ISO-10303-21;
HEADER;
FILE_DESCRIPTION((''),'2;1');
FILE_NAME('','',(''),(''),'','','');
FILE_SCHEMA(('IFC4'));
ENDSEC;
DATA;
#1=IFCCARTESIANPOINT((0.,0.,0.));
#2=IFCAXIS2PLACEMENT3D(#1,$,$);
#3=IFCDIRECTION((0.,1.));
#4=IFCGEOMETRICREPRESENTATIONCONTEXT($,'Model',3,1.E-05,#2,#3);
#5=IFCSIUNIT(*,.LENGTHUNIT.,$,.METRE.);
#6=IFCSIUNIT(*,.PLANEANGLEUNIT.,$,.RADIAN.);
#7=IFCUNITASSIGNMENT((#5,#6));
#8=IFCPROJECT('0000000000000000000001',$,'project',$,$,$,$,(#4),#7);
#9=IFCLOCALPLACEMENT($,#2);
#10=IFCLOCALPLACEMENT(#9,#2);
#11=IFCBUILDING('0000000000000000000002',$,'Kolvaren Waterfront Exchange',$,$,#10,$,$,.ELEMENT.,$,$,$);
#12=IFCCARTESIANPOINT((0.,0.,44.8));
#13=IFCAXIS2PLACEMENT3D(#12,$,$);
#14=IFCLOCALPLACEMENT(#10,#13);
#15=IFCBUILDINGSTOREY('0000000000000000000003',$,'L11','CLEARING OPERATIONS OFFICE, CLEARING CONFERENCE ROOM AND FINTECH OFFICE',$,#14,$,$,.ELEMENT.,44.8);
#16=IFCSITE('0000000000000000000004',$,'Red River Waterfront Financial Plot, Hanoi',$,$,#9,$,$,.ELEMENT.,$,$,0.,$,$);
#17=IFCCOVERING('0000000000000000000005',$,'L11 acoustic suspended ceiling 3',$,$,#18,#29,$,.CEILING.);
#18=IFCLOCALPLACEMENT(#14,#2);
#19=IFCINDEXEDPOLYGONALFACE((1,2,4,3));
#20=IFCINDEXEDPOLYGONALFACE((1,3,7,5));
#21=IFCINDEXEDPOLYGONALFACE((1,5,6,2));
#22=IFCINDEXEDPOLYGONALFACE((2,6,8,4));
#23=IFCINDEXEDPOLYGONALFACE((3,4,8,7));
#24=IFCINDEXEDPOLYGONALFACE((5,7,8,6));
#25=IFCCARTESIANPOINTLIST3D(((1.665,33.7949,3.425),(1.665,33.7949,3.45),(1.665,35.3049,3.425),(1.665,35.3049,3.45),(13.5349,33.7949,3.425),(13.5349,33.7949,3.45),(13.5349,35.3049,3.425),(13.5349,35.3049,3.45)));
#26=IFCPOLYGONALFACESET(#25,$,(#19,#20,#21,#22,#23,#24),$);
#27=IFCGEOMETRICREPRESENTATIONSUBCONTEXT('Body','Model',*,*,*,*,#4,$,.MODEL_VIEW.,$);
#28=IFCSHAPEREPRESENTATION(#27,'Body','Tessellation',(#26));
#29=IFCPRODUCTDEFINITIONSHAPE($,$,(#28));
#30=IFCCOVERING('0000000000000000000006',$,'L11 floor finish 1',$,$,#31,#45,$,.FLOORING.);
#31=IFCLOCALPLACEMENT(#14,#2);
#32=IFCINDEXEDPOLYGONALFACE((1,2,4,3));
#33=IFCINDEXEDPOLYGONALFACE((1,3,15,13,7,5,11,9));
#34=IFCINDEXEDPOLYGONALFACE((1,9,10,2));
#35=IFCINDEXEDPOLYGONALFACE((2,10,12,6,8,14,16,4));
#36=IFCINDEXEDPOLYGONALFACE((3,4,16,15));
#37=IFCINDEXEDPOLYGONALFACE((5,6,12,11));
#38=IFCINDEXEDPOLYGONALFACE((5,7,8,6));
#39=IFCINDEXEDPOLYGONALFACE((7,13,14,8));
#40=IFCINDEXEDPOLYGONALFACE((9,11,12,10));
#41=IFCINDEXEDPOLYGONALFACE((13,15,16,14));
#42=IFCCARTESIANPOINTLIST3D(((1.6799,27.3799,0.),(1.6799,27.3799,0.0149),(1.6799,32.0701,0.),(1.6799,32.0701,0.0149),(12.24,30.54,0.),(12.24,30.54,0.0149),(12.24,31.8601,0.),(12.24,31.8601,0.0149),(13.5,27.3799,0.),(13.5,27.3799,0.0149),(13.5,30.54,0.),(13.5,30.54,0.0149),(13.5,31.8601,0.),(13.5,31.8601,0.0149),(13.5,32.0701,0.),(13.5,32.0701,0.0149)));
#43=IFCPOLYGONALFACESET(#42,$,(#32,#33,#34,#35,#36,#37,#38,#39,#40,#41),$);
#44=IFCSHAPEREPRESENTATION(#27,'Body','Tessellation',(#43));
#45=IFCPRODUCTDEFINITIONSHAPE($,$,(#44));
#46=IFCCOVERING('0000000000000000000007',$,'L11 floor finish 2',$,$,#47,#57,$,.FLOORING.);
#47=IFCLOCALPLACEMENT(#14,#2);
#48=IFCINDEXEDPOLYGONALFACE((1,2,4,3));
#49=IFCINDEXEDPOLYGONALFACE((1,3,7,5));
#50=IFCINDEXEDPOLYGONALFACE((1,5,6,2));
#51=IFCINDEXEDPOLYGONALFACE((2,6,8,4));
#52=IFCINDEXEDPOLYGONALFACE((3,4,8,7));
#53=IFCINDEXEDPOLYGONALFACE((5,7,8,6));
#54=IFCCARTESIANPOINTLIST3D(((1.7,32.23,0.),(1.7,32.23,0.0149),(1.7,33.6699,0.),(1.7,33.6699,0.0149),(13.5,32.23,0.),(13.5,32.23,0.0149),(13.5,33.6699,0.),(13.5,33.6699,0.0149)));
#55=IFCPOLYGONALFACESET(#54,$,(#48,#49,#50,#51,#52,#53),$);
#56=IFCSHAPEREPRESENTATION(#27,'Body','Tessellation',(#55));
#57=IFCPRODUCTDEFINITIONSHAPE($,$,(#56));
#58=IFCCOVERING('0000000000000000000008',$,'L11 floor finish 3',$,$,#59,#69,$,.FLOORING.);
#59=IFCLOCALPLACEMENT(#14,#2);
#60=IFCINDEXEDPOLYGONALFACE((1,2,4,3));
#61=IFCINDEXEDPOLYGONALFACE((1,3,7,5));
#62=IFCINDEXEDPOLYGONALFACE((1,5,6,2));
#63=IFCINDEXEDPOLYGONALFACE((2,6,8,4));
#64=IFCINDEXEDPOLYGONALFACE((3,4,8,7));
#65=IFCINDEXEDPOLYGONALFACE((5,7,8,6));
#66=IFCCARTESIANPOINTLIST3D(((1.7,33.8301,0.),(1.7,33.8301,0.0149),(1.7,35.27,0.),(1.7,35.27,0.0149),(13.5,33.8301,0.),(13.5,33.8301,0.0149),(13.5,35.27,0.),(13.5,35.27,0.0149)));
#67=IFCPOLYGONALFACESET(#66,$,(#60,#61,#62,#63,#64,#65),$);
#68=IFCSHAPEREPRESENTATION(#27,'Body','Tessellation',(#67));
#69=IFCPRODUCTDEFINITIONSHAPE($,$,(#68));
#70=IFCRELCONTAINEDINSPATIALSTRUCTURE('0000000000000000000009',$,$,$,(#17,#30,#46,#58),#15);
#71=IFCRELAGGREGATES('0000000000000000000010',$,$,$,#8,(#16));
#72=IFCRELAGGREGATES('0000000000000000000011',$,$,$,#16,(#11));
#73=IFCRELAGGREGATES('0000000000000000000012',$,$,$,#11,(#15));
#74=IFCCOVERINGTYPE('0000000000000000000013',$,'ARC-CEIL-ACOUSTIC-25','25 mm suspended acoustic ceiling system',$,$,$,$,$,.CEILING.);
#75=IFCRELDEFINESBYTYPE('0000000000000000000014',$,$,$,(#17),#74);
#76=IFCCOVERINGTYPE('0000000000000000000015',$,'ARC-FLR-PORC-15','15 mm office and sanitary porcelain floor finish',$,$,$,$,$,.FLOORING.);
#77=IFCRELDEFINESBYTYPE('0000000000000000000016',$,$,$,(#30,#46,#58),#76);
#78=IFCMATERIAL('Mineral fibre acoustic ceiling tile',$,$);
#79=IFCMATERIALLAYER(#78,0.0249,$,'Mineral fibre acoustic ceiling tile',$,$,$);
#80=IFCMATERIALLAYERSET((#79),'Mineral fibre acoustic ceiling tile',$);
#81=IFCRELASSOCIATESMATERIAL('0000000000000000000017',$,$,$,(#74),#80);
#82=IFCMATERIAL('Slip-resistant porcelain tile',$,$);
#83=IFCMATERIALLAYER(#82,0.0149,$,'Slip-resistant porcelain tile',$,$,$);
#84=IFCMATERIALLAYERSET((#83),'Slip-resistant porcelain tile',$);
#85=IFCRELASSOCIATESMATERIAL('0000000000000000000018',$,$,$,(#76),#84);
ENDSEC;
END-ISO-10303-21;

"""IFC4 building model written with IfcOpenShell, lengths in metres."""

from ifc_helpers import new_model, si_unit, direction, frame, origin, place, context, subcontext, project, spatial, polyline, outline, extrude, material, layer, layer_set, type_object, element, save


model = new_model("IFC4")

# Units and contexts
model_context = context("Model", 3, precision=1e-05, world=origin(), true_north=direction((0.0, 1.0)))
body_context = subcontext(model_context, "Body", "Model", "MODEL_VIEW")
ifc_project = project(units=[si_unit("LENGTHUNIT", "METRE"), si_unit("PLANEANGLEUNIT", "RADIAN")], contexts=[model_context])

# Site, building, storey
site_placement = place(None, origin())
site = spatial("IfcSite", under=ifc_project, at=site_placement, Name="Red River Waterfront Financial Plot, Hanoi", CompositionType="ELEMENT", RefElevation=0.0)
building_placement = place(site_placement, origin())
building = spatial("IfcBuilding", under=site, at=building_placement, Name="Kolvaren Waterfront Exchange", CompositionType="ELEMENT")
storey_placement = place(building_placement, frame((0.0, 0.0, 44.8)))
storey = spatial("IfcBuildingStorey", under=building, at=storey_placement, Name="L11", Description="CLEARING OPERATIONS OFFICE, CLEARING CONFERENCE ROOM AND FINTECH OFFICE", CompositionType="ELEMENT", Elevation=44.8)

# Coverings
ifc_material_1 = material(Name="Mineral fibre acoustic ceiling tile")
ifc_layer_1 = layer(ifc_material_1, 0.0249, Name="Mineral fibre acoustic ceiling tile")
ifc_layer_set_1 = layer_set([ifc_layer_1], Name="Mineral fibre acoustic ceiling tile")
covering_type_1 = type_object("IfcCoveringType", Name="ARC-CEIL-ACOUSTIC-25", Description="25 mm suspended acoustic ceiling system", PredefinedType="CEILING", material=ifc_layer_set_1)
covering_1_placement = place(storey_placement, frame((0.0, 0.0, 3.425)))
element("IfcCovering", 1, at=covering_1_placement, inside=storey, type_object=covering_type_1, Name="L11 acoustic suspended ceiling 3", PredefinedType="CEILING", context=body_context, shape_type="SweptSolid", body=[
    extrude(outline(polyline([(13.5349, 33.7949), (13.5349, 35.3049), (1.665, 35.3049), (1.665, 33.7949), (13.5349, 33.7949)])), origin(), (0.0, 0.0, 1.0), 0.0249),
])
ifc_material_2 = material(Name="Slip-resistant porcelain tile")
ifc_layer_2 = layer(ifc_material_2, 0.0149, Name="Slip-resistant porcelain tile")
ifc_layer_set_2 = layer_set([ifc_layer_2], Name="Slip-resistant porcelain tile")
covering_type_2 = type_object("IfcCoveringType", Name="ARC-FLR-PORC-15", Description="15 mm office and sanitary porcelain floor finish", PredefinedType="FLOORING", material=ifc_layer_set_2)
covering_2_placement = place(storey_placement, origin())
element("IfcCovering", 2, at=covering_2_placement, inside=storey, type_object=covering_type_2, Name="L11 floor finish 1", PredefinedType="FLOORING", context=body_context, shape_type="SweptSolid", body=[
    extrude(outline(polyline([(1.6799, 32.0701), (1.6799, 27.3799), (13.5, 27.3799), (13.5, 30.54), (12.24, 30.54), (12.24, 31.8601), (13.5, 31.8601), (13.5, 32.0701), (1.6799, 32.0701)])), origin(), (0.0, 0.0, 1.0), 0.0149),
])
covering_3_placement = place(storey_placement, origin())
element("IfcCovering", 3, at=covering_3_placement, inside=storey, type_object=covering_type_2, Name="L11 floor finish 2", PredefinedType="FLOORING", context=body_context, shape_type="SweptSolid", body=[
    extrude(outline(polyline([(1.7, 33.6699), (1.7, 32.23), (13.5, 32.23), (13.5, 33.6699), (1.7, 33.6699)])), origin(), (0.0, 0.0, 1.0), 0.0149),
])
covering_4_placement = place(storey_placement, origin())
element("IfcCovering", 4, at=covering_4_placement, inside=storey, type_object=covering_type_2, Name="L11 floor finish 3", PredefinedType="FLOORING", context=body_context, shape_type="SweptSolid", body=[
    extrude(outline(polyline([(1.7, 35.27), (1.7, 33.8301), (13.5, 33.8301), (13.5, 35.27), (1.7, 35.27)])), origin(), (0.0, 0.0, 1.0), 0.0149),
])

save(model, "model.ifc")
